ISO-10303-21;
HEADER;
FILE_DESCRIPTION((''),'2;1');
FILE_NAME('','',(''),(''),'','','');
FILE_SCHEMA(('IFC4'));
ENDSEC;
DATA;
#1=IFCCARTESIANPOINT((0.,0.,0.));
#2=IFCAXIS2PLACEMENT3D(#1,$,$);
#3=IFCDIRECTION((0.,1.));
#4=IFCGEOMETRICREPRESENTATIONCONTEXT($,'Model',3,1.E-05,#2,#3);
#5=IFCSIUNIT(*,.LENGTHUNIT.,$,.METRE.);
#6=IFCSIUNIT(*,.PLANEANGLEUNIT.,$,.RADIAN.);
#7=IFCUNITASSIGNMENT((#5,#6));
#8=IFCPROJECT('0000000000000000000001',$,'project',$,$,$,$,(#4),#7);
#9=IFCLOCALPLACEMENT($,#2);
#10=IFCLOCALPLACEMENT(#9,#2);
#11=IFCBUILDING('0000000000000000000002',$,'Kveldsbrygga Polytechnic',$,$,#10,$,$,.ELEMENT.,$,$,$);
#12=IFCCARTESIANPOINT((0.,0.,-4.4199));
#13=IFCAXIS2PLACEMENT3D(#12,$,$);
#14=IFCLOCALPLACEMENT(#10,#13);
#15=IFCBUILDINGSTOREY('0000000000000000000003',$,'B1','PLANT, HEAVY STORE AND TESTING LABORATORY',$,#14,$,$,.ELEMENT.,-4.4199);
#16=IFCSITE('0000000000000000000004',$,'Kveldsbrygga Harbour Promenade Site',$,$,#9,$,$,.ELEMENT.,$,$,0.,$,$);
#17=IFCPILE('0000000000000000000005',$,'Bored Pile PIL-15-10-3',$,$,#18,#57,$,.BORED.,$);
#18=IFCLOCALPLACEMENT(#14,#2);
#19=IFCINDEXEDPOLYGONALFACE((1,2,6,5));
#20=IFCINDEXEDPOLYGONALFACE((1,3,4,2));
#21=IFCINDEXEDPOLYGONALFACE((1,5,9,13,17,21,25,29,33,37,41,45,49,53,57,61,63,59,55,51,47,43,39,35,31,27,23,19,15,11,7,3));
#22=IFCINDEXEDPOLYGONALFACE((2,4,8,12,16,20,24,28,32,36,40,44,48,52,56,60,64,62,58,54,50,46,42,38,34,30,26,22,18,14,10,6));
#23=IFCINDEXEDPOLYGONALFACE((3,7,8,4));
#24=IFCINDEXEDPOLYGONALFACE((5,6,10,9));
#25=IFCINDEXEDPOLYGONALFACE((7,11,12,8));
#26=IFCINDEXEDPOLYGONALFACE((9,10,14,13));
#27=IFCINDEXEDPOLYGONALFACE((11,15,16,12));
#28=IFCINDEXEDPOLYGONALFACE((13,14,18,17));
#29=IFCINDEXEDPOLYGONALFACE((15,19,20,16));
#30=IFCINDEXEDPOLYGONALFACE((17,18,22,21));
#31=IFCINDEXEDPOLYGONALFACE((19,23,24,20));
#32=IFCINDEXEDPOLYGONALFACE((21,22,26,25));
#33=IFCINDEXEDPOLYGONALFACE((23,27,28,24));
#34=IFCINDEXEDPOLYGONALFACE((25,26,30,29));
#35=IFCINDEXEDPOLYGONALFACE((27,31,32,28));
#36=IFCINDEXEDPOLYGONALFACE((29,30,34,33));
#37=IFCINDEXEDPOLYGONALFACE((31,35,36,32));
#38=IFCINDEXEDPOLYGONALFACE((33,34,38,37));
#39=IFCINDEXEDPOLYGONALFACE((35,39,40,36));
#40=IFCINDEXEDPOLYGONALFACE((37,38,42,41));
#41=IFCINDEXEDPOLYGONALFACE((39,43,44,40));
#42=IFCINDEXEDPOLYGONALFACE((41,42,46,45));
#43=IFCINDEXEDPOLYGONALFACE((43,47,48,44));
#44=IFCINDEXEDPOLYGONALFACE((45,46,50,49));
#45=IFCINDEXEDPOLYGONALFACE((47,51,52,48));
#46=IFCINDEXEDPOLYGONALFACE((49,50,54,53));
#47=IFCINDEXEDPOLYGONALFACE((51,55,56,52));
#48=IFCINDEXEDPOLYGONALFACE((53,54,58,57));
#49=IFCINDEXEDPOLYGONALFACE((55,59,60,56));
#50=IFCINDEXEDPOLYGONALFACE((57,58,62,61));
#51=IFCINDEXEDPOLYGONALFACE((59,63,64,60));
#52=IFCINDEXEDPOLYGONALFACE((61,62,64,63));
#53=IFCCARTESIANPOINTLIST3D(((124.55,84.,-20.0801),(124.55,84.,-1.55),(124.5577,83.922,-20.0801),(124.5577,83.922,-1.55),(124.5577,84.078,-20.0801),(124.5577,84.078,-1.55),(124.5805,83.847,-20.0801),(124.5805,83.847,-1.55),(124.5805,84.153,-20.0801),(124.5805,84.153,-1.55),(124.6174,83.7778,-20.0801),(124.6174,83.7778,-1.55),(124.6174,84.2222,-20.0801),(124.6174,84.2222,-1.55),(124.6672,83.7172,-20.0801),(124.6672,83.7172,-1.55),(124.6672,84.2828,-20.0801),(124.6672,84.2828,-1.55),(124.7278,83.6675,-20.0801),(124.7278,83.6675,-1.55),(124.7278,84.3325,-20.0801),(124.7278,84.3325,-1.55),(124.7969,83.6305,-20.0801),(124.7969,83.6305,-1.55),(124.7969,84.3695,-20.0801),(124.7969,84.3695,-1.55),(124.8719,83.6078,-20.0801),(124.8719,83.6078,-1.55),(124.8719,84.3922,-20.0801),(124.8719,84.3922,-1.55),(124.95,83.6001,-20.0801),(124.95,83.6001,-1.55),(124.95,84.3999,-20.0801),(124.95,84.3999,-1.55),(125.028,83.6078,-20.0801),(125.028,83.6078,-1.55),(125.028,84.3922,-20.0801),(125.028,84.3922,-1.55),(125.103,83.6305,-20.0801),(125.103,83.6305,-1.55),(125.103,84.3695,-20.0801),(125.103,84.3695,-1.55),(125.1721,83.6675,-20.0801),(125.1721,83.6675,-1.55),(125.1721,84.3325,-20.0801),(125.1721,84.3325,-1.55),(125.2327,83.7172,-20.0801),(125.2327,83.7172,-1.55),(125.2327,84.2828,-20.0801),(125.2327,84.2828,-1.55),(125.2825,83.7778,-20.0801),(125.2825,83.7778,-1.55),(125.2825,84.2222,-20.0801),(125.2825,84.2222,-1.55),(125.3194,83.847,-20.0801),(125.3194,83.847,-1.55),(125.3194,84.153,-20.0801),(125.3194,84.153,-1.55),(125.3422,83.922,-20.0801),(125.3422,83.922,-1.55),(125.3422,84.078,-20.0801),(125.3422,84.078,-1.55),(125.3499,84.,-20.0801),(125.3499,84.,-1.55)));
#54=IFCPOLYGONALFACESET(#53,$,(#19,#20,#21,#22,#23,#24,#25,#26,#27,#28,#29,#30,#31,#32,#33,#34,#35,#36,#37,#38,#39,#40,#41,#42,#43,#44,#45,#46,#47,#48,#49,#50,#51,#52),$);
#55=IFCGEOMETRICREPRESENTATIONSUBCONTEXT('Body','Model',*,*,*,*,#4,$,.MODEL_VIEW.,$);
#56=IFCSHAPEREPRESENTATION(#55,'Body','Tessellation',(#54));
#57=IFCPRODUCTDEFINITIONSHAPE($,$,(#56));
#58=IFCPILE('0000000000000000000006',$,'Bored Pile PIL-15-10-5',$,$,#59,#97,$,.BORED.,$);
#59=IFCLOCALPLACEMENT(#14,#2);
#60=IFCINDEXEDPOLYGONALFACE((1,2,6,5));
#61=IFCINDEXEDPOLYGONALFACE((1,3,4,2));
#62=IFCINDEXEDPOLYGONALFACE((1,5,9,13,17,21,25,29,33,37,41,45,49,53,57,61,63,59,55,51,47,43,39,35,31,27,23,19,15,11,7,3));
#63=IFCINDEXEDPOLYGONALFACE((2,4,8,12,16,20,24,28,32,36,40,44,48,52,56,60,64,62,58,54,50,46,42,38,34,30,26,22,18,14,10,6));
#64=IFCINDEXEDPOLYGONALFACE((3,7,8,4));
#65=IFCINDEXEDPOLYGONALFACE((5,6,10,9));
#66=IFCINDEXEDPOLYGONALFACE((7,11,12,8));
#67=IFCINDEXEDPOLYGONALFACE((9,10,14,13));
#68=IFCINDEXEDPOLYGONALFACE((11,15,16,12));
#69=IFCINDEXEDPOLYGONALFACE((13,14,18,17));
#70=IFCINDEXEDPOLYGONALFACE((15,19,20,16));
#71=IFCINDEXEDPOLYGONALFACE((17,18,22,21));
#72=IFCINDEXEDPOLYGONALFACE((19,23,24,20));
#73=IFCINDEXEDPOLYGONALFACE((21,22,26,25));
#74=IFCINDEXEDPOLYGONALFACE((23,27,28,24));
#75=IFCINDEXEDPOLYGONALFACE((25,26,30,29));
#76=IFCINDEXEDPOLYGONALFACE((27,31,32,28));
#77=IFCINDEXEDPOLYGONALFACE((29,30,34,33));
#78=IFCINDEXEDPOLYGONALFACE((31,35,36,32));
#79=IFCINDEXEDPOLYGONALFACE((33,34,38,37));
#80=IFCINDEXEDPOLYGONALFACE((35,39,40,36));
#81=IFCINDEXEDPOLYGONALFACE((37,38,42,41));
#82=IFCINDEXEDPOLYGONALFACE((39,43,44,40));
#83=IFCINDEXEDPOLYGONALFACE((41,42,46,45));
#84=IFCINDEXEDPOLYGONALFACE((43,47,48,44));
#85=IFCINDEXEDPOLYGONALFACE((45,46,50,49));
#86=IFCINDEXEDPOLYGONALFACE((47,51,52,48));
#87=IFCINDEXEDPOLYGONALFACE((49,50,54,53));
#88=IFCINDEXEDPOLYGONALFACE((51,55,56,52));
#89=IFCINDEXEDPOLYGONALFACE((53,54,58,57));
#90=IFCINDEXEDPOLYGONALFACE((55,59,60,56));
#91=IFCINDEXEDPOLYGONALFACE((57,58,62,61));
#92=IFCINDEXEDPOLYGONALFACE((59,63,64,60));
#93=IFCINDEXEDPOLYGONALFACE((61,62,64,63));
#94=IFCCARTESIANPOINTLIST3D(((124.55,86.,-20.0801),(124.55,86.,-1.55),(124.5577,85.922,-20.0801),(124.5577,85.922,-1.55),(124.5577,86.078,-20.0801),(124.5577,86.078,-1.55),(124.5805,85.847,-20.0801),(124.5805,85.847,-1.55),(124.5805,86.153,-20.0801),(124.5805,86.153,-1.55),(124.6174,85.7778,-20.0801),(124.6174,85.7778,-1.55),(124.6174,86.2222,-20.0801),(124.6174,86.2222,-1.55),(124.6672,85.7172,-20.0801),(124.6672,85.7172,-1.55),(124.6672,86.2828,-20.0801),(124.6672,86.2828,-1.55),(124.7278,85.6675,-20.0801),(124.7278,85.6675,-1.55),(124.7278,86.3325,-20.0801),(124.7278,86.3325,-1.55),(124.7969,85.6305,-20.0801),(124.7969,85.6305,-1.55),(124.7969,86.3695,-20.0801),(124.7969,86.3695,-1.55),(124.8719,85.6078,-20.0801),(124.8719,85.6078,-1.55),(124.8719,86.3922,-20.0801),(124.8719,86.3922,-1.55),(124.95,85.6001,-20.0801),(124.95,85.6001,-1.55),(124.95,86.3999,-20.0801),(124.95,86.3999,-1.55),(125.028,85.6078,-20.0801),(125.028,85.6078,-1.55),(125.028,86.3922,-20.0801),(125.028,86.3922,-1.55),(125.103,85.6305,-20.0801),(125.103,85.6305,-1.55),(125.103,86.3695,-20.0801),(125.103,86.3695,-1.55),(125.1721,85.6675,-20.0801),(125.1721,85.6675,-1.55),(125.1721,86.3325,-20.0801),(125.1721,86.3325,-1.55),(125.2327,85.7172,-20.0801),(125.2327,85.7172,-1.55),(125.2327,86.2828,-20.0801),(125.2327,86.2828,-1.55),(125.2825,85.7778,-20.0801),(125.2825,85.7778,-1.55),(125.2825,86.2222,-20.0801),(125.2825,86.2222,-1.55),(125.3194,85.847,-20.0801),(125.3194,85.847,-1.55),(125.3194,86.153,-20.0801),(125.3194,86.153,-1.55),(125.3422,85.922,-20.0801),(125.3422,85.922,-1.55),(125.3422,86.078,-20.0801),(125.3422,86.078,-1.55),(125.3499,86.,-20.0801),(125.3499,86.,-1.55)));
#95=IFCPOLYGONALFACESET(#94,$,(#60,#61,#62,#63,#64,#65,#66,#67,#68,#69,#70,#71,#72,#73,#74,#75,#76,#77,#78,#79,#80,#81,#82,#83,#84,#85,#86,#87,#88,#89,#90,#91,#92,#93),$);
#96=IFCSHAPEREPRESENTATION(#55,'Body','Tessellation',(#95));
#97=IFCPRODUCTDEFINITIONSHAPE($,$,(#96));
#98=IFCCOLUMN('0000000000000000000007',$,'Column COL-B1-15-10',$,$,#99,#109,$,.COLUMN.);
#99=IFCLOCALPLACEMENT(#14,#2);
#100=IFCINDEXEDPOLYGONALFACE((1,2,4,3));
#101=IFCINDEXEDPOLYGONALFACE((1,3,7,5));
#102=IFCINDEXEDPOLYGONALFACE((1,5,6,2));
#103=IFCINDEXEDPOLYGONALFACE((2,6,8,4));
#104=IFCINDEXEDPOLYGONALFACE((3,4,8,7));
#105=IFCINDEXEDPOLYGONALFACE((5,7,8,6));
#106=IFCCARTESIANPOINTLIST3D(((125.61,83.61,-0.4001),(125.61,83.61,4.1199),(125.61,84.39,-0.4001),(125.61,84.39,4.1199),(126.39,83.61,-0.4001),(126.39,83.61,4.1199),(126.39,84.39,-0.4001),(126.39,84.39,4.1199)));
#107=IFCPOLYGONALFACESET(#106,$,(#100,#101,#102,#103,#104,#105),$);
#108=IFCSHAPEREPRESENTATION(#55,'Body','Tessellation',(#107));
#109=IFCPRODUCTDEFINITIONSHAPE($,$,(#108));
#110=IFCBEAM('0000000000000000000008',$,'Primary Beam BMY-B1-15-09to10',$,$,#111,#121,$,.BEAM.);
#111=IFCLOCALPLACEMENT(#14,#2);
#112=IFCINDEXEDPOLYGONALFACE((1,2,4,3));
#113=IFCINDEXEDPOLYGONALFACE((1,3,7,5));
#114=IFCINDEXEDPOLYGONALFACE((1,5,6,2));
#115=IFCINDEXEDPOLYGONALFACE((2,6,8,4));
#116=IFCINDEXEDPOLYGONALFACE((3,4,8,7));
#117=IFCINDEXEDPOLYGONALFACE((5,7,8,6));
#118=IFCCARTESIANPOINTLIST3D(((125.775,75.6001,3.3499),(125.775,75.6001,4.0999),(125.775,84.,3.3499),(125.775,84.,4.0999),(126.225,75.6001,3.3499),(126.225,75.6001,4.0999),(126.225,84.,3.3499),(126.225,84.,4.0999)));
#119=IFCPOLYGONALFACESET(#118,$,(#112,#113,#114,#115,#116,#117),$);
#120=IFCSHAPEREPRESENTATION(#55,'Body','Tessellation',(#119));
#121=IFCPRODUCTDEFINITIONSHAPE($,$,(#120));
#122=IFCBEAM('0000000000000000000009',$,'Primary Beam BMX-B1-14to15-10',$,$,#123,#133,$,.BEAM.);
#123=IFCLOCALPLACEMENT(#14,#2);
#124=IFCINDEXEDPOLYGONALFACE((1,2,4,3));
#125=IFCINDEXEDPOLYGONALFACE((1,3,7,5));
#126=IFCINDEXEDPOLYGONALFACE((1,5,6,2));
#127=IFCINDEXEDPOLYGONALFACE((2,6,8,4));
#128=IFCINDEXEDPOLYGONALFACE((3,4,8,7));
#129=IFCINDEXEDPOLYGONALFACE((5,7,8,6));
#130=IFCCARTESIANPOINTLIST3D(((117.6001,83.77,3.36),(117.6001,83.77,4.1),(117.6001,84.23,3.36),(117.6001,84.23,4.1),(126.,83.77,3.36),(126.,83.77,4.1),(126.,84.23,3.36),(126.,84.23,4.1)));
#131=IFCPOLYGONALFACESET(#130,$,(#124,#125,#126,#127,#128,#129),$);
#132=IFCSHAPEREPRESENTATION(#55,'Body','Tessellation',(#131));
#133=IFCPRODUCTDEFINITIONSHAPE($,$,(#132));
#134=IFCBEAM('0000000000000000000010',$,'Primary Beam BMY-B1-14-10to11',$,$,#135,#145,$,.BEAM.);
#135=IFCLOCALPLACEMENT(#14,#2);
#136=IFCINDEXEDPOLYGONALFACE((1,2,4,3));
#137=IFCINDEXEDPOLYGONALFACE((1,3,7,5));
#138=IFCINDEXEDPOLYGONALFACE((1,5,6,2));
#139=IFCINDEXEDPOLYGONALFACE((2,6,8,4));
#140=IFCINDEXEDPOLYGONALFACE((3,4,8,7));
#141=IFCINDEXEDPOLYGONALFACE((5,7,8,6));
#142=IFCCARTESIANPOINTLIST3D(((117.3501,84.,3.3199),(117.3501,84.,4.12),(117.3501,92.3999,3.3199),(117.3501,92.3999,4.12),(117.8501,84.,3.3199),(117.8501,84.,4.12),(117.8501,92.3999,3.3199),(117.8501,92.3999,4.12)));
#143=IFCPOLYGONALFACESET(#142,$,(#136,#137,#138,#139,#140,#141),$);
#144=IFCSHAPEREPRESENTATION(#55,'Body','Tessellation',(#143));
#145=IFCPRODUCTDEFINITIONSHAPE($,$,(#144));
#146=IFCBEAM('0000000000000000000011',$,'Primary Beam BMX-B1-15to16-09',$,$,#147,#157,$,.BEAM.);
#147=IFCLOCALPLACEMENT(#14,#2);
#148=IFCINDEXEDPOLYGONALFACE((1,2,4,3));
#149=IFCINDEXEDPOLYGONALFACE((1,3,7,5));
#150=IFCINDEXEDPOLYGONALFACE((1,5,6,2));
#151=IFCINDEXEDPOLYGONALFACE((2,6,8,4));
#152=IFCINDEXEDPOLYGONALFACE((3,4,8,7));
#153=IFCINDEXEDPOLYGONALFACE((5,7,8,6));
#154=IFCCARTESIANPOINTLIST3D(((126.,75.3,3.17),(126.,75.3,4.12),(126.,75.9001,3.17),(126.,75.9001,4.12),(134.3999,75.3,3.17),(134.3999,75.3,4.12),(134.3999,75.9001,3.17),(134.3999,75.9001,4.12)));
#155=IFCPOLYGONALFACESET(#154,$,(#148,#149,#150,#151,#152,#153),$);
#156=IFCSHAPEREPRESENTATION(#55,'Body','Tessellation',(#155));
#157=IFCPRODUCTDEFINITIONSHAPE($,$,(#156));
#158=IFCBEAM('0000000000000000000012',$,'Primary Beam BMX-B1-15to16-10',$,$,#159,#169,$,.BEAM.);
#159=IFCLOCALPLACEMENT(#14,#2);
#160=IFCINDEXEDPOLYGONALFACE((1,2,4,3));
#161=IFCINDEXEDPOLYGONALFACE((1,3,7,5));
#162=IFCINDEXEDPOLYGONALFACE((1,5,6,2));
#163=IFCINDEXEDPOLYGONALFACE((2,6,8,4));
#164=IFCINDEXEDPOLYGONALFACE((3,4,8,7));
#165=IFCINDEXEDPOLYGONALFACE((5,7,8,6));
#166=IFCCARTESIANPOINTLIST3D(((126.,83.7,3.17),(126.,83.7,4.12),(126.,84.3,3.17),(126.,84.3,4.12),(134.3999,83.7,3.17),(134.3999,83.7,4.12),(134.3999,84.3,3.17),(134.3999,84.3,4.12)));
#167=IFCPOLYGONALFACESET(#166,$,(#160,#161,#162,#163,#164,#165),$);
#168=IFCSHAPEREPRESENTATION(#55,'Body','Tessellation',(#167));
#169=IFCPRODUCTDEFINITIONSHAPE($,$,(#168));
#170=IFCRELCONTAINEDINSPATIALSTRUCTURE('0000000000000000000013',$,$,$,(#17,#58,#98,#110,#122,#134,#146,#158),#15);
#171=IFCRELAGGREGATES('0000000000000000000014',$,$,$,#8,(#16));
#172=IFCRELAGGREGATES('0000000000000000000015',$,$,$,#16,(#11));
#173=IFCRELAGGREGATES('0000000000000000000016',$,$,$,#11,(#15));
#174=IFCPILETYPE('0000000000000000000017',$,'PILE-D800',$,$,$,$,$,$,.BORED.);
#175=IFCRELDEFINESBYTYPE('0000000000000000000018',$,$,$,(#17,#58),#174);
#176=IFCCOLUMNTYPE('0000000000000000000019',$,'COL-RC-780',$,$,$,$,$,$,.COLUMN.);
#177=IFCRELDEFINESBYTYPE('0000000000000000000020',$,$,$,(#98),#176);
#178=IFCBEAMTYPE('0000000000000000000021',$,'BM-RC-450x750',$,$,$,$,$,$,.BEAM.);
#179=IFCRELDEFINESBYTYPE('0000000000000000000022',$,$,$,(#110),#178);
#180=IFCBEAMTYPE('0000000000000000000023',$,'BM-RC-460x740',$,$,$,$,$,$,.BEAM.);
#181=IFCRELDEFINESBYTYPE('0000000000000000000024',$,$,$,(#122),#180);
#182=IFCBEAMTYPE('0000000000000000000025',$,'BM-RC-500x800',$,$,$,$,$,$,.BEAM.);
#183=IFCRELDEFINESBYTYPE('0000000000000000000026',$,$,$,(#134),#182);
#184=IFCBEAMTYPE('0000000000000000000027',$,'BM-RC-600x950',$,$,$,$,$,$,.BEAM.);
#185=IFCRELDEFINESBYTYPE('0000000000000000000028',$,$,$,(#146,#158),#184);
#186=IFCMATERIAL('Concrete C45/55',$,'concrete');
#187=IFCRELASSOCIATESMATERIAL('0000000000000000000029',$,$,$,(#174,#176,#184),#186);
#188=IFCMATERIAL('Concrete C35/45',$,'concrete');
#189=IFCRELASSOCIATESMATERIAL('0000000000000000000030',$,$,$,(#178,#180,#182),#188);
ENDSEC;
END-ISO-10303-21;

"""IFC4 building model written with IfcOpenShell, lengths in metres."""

from ifc_helpers import new_model, si_unit, direction, frame, origin, origin_2d, place, context, subcontext, project, spatial, rectangle, circle, extrude, material, material_profile, profile_set, type_object, element, save


model = new_model("IFC4")

# Units and contexts
model_context = context("Model", 3, precision=1e-05, world=origin(), true_north=direction((0.0, 1.0)))
body_context = subcontext(model_context, "Body", "Model", "MODEL_VIEW")
ifc_project = project(units=[si_unit("LENGTHUNIT", "METRE"), si_unit("PLANEANGLEUNIT", "RADIAN")], contexts=[model_context])

# Site, building, storey
site_placement = place(None, origin())
site = spatial("IfcSite", under=ifc_project, at=site_placement, Name="Kveldsbrygga Harbour Promenade Site", CompositionType="ELEMENT", RefElevation=0.0)
building_placement = place(site_placement, origin())
building = spatial("IfcBuilding", under=site, at=building_placement, Name="Kveldsbrygga Polytechnic", CompositionType="ELEMENT")
storey_placement = place(building_placement, frame((0.0, 0.0, -4.4199)))
storey = spatial("IfcBuildingStorey", under=building, at=storey_placement, Name="B1", Description="PLANT, HEAVY STORE AND TESTING LABORATORY", CompositionType="ELEMENT", Elevation=-4.4199)

# Shared definitions
ifc_material_1 = material(Name="Concrete C45/55", Category="concrete")

# Piles
ifc_material_profile_1 = material_profile(ifc_material_1, circle(Radius=0.3999, at=origin_2d()), Name="PILE D800")
ifc_profile_set_1 = profile_set([ifc_material_profile_1], Name="Concrete C45/55")
pile_type = type_object("IfcPileType", Name="PILE-D800", PredefinedType="BORED", material=ifc_profile_set_1)
for number, where, z_axis, x_axis, name in (
    (1, (124.95, 84.0, -1.55), (0.0, 0.0, -1.0), (1.0, 0.0, 0.0), "Bored Pile PIL-15-10-3"),
    (2, (124.95, 86.0, -1.55), (0.0, 0.0, -1.0), (1.0, 0.0, 0.0), "Bored Pile PIL-15-10-5"),
):
    element("IfcPile", number, at=place(storey_placement, frame(where, z_axis=z_axis, x_axis=x_axis)), inside=storey, type_object=pile_type, Name=name, PredefinedType="BORED", context=body_context, shape_type="SweptSolid", body=[
        extrude(circle(Radius=0.3999, at=origin_2d()), origin(), (0.0, 0.0, 1.0), 18.53),
    ])

# Column
ifc_material_profile_2 = material_profile(ifc_material_1, rectangle(XDim=0.78, YDim=0.78, at=origin_2d()), Name="RC 780x780")
ifc_profile_set_2 = profile_set([ifc_material_profile_2], Name="Concrete C45/55")
column_type = type_object("IfcColumnType", Name="COL-RC-780", PredefinedType="COLUMN", material=ifc_profile_set_2)
column_placement = place(storey_placement, frame((126.0, 84.0, -0.4001), z_axis=(0.0, 0.0, 1.0), x_axis=(1.0, 0.0, 0.0)))
element("IfcColumn", 3, at=column_placement, inside=storey, type_object=column_type, Name="Column COL-B1-15-10", PredefinedType="COLUMN", context=body_context, shape_type="SweptSolid", body=[
    extrude(rectangle(XDim=0.78, YDim=0.78, at=origin_2d()), origin(), (0.0, 0.0, 1.0), 4.52),
])

# Beams
ifc_material_2 = material(Name="Concrete C35/45", Category="concrete")
ifc_material_profile_3 = material_profile(ifc_material_2, rectangle(XDim=0.45, YDim=0.75, at=origin_2d()), Name="RC 450x750")
ifc_profile_set_3 = profile_set([ifc_material_profile_3], Name="Concrete C35/45")
beam_type_1 = type_object("IfcBeamType", Name="BM-RC-450x750", PredefinedType="BEAM", material=ifc_profile_set_3)
beam_1_placement = place(storey_placement, frame((126.0, 75.6001, 3.7249), z_axis=(0.0, 1.0, 0.0), x_axis=(-1.0, 0.0, 0.0)))
element("IfcBeam", 4, at=beam_1_placement, inside=storey, type_object=beam_type_1, Name="Primary Beam BMY-B1-15-09to10", PredefinedType="BEAM", context=body_context, shape_type="SweptSolid", body=[
    extrude(rectangle(XDim=0.45, YDim=0.75, at=origin_2d()), origin(), (0.0, 0.0, 1.0), 8.3999),
])
ifc_material_profile_4 = material_profile(ifc_material_2, rectangle(XDim=0.46, YDim=0.74, at=origin_2d()), Name="RC 460x740")
ifc_profile_set_4 = profile_set([ifc_material_profile_4], Name="Concrete C35/45")
beam_type_2 = type_object("IfcBeamType", Name="BM-RC-460x740", PredefinedType="BEAM", material=ifc_profile_set_4)
beam_2_placement = place(storey_placement, frame((117.6001, 84.0, 3.73), z_axis=(1.0, 0.0, 0.0), x_axis=(0.0, 1.0, 0.0)))
element("IfcBeam", 5, at=beam_2_placement, inside=storey, type_object=beam_type_2, Name="Primary Beam BMX-B1-14to15-10", PredefinedType="BEAM", context=body_context, shape_type="SweptSolid", body=[
    extrude(rectangle(XDim=0.46, YDim=0.74, at=origin_2d()), origin(), (0.0, 0.0, 1.0), 8.3999),
])
ifc_material_profile_5 = material_profile(ifc_material_2, rectangle(XDim=0.5, YDim=0.8, at=origin_2d()), Name="RC 500x800")
ifc_profile_set_5 = profile_set([ifc_material_profile_5], Name="Concrete C35/45")
beam_type_3 = type_object("IfcBeamType", Name="BM-RC-500x800", PredefinedType="BEAM", material=ifc_profile_set_5)
beam_3_placement = place(storey_placement, frame((117.6001, 84.0, 3.72), z_axis=(0.0, 1.0, 0.0), x_axis=(-1.0, 0.0, 0.0)))
element("IfcBeam", 6, at=beam_3_placement, inside=storey, type_object=beam_type_3, Name="Primary Beam BMY-B1-14-10to11", PredefinedType="BEAM", context=body_context, shape_type="SweptSolid", body=[
    extrude(rectangle(XDim=0.5, YDim=0.8, at=origin_2d()), origin(), (0.0, 0.0, 1.0), 8.3999),
])
ifc_material_profile_6 = material_profile(ifc_material_1, rectangle(XDim=0.6001, YDim=0.95, at=origin_2d()), Name="RC 600x950")
ifc_profile_set_6 = profile_set([ifc_material_profile_6], Name="Concrete C45/55")
beam_type_4 = type_object("IfcBeamType", Name="BM-RC-600x950", PredefinedType="BEAM", material=ifc_profile_set_6)
for number, where, z_axis, x_axis, name in (
    (7, (126.0, 75.6001, 3.645), (1.0, 0.0, 0.0), (0.0, 1.0, 0.0), "Primary Beam BMX-B1-15to16-09"),
    (8, (126.0, 84.0, 3.645), (1.0, 0.0, 0.0), (0.0, 1.0, 0.0), "Primary Beam BMX-B1-15to16-10"),
):
    element("IfcBeam", number, at=place(storey_placement, frame(where, z_axis=z_axis, x_axis=x_axis)), inside=storey, type_object=beam_type_4, Name=name, PredefinedType="BEAM", context=body_context, shape_type="SweptSolid", body=[
        extrude(rectangle(XDim=0.6001, YDim=0.95, at=origin_2d()), origin(), (0.0, 0.0, 1.0), 8.3999),
    ])

save(model, "model.ifc")
